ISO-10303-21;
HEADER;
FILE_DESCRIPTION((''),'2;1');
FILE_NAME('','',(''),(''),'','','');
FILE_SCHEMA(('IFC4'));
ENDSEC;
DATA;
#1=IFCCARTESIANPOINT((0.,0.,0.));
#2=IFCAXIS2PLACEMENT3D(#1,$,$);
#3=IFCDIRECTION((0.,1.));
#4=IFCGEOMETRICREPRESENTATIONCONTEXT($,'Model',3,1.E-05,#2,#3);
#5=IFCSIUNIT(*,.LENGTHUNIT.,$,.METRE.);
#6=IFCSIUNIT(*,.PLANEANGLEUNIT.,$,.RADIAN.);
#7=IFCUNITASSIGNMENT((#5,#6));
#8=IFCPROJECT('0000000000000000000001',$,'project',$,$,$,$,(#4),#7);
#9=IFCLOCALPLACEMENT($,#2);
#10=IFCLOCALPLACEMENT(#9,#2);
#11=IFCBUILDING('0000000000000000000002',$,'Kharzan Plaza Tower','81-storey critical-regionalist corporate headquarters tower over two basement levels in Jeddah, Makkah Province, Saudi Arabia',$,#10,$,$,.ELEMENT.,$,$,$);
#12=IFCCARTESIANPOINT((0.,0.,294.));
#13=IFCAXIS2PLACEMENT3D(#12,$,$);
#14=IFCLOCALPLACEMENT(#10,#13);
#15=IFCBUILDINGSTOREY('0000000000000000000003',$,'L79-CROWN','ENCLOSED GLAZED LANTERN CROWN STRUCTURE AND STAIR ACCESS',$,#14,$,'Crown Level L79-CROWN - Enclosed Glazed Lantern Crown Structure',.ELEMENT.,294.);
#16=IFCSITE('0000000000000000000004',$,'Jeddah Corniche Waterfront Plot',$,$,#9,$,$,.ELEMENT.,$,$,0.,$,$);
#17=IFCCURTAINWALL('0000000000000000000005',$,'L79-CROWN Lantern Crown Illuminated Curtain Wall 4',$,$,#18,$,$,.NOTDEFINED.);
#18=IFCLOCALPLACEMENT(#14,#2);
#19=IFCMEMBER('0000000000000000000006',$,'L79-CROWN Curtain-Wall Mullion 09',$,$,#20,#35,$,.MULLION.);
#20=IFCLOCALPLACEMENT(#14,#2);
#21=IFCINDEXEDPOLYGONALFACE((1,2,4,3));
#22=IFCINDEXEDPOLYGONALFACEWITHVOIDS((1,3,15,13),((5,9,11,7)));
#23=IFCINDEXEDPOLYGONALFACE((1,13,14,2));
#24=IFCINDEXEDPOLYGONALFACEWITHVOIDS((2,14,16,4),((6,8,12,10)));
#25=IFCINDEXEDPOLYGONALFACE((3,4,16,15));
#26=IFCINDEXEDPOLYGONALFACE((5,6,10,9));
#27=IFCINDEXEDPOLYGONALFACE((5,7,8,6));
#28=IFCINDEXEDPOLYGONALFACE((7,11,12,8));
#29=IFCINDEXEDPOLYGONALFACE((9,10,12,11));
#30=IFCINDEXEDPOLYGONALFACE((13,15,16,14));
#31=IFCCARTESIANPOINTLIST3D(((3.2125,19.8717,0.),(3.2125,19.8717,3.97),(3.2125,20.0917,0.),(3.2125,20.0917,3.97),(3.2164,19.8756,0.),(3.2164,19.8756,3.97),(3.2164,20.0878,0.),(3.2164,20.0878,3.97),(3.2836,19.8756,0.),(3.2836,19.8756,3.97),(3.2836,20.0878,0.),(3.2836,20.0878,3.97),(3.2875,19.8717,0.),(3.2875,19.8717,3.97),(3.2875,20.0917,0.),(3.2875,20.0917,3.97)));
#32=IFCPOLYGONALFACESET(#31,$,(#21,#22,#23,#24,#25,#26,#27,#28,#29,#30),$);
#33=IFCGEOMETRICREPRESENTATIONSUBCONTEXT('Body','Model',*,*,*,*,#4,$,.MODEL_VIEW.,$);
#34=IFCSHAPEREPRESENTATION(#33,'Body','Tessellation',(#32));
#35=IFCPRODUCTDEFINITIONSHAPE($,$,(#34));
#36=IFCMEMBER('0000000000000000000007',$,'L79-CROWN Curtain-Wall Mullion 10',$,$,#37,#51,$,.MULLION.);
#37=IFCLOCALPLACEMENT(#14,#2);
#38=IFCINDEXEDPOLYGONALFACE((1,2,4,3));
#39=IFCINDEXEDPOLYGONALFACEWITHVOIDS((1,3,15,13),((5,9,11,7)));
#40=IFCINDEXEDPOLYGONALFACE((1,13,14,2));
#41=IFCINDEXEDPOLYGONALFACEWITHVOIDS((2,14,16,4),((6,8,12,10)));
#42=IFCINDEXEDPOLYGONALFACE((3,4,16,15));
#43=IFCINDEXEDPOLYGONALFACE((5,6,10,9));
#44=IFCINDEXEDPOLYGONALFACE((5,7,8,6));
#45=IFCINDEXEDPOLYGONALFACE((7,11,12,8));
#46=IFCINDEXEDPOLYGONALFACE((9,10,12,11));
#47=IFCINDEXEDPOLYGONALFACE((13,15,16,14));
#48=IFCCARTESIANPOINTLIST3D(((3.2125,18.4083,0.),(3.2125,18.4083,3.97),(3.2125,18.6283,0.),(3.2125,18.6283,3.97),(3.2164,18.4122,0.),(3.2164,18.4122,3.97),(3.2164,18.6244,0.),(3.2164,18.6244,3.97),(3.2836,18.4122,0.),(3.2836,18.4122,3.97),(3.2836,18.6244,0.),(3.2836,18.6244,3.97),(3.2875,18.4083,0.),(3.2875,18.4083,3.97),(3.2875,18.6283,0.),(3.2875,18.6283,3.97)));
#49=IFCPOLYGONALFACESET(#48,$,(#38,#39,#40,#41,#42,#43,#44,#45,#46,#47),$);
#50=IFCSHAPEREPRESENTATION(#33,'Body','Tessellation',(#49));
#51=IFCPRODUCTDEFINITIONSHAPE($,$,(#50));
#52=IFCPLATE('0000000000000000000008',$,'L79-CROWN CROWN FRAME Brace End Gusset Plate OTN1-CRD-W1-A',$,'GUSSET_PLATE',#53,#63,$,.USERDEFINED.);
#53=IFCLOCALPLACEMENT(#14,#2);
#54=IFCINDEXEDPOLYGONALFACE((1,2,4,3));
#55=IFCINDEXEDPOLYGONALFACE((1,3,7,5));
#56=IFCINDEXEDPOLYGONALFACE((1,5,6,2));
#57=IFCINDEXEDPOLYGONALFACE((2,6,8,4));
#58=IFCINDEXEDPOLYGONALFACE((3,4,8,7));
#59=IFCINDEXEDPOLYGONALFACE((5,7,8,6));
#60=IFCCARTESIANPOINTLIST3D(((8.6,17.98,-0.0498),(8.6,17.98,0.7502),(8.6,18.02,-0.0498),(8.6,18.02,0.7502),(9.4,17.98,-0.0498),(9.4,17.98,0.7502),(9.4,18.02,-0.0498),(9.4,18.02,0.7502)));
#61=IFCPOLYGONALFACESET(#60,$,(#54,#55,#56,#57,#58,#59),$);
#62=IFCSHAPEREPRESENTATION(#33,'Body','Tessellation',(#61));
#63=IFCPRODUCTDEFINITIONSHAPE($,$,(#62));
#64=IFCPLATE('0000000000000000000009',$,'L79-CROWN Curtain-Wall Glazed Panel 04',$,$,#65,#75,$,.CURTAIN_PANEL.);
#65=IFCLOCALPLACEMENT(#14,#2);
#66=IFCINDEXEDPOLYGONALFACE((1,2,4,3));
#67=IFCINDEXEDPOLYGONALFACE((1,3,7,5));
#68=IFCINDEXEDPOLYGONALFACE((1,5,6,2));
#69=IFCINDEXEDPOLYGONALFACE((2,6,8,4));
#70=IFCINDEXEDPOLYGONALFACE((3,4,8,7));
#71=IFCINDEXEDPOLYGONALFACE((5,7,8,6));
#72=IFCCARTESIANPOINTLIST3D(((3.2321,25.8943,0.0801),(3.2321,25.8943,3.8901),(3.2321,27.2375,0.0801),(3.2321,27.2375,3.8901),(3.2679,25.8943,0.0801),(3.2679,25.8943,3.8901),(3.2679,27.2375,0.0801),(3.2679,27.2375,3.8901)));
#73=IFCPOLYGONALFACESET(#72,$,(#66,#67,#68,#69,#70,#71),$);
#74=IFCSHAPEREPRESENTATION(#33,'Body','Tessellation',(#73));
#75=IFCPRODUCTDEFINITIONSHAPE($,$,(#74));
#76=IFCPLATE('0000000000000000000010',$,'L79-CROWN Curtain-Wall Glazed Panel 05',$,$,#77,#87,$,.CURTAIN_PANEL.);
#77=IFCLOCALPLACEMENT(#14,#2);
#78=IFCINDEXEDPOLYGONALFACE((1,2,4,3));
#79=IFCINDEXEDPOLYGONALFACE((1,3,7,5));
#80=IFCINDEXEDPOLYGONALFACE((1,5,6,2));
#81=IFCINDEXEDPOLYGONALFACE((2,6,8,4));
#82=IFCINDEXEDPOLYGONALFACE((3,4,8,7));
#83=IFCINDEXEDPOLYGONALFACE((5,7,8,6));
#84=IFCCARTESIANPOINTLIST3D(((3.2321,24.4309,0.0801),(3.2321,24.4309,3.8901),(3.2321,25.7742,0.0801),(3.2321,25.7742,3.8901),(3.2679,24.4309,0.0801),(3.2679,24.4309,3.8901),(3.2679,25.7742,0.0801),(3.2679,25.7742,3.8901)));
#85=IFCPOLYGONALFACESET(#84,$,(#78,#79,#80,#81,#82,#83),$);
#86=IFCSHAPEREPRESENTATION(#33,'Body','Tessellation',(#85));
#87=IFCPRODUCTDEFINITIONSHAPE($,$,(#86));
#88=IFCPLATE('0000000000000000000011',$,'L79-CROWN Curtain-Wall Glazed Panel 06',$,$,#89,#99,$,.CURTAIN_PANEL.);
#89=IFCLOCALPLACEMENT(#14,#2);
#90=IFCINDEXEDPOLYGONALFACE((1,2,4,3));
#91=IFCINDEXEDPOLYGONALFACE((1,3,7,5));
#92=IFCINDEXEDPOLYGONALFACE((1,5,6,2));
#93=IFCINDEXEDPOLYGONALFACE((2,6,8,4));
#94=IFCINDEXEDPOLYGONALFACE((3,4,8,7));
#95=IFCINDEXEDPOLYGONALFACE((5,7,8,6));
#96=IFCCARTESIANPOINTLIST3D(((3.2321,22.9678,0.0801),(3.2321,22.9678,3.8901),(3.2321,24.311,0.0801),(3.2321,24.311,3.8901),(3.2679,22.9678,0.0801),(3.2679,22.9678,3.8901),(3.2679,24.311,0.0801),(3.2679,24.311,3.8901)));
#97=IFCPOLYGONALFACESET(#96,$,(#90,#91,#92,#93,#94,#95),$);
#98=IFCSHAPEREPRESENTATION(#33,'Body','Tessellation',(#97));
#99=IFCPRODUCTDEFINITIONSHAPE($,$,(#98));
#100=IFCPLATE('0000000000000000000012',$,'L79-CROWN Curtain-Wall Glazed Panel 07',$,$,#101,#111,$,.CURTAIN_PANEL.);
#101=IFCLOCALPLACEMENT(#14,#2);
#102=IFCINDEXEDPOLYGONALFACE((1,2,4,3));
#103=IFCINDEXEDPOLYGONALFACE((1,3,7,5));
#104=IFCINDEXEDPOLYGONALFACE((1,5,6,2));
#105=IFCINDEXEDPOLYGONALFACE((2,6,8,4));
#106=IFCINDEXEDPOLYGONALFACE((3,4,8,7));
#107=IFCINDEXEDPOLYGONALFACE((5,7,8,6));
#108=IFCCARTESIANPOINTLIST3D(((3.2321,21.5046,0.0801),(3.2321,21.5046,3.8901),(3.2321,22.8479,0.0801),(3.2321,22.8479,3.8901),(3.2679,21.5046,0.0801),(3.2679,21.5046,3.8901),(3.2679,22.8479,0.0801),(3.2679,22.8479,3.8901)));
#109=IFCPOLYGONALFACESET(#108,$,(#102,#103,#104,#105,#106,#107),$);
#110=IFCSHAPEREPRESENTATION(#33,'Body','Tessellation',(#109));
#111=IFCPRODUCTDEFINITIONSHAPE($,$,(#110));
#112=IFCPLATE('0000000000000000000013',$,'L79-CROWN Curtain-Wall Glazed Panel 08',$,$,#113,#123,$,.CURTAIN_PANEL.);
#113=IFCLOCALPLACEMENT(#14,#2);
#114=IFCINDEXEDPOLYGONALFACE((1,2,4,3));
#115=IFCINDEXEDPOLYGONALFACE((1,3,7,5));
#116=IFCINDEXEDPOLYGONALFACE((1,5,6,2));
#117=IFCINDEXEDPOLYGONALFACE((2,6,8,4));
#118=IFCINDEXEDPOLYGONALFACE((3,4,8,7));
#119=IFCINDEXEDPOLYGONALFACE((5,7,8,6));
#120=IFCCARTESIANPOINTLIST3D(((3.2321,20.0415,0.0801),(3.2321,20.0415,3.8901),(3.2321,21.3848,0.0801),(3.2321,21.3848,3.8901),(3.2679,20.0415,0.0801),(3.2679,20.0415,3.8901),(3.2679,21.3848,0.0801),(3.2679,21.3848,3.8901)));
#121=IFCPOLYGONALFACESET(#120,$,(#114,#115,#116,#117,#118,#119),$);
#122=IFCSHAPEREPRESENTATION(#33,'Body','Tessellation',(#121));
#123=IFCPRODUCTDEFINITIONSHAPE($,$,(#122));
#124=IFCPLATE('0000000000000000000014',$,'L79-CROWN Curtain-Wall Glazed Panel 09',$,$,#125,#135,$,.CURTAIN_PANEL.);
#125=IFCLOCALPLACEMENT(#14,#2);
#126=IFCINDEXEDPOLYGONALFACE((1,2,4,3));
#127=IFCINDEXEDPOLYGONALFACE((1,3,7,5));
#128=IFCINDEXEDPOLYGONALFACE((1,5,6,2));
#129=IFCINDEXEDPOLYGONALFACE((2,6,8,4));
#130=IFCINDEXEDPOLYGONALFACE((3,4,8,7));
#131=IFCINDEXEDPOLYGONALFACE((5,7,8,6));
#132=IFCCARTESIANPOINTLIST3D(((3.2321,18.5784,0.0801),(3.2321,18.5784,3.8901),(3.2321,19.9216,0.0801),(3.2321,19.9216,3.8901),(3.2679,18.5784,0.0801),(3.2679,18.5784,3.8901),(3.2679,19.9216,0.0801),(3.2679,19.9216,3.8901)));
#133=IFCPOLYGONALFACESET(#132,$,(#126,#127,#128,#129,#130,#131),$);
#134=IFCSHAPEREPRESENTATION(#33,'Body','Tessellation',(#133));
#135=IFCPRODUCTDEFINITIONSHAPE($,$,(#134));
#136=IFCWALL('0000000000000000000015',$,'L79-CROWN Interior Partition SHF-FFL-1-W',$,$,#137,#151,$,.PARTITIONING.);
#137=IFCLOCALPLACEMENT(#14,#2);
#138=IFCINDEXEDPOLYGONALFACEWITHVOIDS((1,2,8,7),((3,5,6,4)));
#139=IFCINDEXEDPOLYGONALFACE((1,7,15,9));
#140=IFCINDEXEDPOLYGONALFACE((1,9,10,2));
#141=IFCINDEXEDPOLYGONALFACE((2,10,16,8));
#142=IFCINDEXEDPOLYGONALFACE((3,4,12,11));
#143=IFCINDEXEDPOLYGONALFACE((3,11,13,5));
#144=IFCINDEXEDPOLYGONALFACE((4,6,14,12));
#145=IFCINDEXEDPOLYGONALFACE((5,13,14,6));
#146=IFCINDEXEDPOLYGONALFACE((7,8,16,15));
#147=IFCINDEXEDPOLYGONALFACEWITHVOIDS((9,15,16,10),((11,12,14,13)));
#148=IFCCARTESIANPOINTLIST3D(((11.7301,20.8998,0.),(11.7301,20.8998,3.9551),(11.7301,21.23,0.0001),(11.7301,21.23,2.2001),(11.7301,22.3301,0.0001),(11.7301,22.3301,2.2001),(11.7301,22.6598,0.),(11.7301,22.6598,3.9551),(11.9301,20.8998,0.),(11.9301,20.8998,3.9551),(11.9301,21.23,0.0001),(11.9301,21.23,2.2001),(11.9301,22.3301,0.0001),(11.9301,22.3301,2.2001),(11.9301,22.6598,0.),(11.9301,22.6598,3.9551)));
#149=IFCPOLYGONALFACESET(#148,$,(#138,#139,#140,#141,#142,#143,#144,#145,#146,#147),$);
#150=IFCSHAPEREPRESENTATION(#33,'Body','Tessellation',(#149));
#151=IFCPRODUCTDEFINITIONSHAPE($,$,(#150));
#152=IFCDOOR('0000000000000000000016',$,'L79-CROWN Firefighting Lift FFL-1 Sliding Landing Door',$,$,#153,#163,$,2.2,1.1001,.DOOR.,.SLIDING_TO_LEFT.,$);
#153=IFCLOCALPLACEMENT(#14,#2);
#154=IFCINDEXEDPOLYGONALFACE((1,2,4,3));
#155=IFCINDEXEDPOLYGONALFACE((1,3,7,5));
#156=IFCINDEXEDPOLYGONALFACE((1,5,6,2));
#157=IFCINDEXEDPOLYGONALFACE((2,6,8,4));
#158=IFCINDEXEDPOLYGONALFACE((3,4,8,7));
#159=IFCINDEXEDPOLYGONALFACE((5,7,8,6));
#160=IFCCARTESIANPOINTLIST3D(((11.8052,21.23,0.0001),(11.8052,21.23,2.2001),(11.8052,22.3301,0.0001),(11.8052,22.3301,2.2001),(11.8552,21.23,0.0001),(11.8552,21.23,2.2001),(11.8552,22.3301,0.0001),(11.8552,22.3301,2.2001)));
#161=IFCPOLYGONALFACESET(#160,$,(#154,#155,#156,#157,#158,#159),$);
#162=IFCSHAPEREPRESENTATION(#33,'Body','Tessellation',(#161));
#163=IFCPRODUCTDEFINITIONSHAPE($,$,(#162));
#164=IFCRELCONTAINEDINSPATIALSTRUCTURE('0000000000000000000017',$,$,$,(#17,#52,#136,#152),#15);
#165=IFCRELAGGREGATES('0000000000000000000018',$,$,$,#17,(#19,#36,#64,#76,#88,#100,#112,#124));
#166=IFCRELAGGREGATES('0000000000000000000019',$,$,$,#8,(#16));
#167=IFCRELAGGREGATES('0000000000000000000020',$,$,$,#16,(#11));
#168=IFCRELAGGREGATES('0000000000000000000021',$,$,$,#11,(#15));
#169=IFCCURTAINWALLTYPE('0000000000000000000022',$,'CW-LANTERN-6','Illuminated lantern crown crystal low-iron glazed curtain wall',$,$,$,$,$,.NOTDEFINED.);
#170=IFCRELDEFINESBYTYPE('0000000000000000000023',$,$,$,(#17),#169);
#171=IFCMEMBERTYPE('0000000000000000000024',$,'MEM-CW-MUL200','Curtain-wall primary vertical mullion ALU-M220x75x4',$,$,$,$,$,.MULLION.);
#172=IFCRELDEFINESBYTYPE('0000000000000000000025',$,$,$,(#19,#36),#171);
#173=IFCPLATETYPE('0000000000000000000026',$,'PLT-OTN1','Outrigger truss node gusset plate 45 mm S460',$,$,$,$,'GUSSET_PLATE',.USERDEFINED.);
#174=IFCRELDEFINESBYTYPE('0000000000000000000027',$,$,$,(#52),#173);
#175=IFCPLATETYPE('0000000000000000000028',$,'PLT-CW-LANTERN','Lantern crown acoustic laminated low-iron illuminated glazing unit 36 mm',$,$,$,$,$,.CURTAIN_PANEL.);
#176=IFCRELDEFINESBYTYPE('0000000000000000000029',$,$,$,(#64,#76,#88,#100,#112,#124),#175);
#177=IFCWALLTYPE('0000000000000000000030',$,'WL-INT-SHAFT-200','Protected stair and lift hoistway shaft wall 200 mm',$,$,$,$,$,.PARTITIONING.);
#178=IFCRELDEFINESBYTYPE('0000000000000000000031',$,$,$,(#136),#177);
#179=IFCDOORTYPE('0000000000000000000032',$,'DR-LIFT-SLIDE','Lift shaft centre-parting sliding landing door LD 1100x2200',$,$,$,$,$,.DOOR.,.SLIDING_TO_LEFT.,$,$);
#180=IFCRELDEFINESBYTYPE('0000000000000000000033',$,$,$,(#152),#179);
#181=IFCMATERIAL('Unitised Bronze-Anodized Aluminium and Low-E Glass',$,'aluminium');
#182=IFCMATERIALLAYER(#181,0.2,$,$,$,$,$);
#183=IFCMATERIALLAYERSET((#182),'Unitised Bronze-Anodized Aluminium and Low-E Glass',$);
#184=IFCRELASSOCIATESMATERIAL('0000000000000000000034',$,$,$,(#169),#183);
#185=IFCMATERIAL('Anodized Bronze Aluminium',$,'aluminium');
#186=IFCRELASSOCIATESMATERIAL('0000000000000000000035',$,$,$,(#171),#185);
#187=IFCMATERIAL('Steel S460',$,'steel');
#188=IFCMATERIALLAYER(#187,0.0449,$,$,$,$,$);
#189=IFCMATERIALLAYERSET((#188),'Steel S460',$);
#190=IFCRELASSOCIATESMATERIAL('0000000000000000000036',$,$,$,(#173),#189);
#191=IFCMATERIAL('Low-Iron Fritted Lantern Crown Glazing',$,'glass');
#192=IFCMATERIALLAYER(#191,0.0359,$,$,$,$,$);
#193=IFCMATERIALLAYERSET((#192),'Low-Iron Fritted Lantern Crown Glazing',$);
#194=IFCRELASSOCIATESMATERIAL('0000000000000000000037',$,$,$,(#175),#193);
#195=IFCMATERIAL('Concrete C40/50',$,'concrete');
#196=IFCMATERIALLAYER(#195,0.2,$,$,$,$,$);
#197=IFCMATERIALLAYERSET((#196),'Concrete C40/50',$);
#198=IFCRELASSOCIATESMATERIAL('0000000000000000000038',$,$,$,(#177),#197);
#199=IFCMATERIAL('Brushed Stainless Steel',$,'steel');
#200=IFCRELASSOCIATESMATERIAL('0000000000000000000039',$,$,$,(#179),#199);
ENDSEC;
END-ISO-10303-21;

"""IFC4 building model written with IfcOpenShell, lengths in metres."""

from ifc_helpers import new_model, si_unit, direction, frame, frame_2d, origin, origin_2d, place, context, subcontext, project, spatial, rectangle, hollow_rectangle, extrude, source, transform, mapped, material, layer, layer_set, material_profile, profile_set, type_object, element, fill, aggregate, save


model = new_model("IFC4")

# Units and contexts
model_context = context("Model", 3, precision=1e-05, world=origin(), true_north=direction((0.0, 1.0)))
body_context = subcontext(model_context, "Body", "Model", "MODEL_VIEW")
ifc_project = project(units=[si_unit("LENGTHUNIT", "METRE"), si_unit("PLANEANGLEUNIT", "RADIAN")], contexts=[model_context])

# Site, building, storey
site_placement = place(None, origin())
site = spatial("IfcSite", under=ifc_project, at=site_placement, Name="Jeddah Corniche Waterfront Plot", CompositionType="ELEMENT", RefElevation=0.0)
building_placement = place(site_placement, origin())
building = spatial("IfcBuilding", under=site, at=building_placement, Name="Kharzan Plaza Tower", Description="81-storey critical-regionalist corporate headquarters tower over two basement levels in Jeddah, Makkah Province, Saudi Arabia", CompositionType="ELEMENT")
storey_placement = place(building_placement, frame((0.0, 0.0, 294.0)))
storey = spatial("IfcBuildingStorey", under=building, at=storey_placement, Name="L79-CROWN", Description="ENCLOSED GLAZED LANTERN CROWN STRUCTURE AND STAIR ACCESS", LongName="Crown Level L79-CROWN - Enclosed Glazed Lantern Crown Structure", CompositionType="ELEMENT", Elevation=294.0)

# Curtain wall, members
ifc_material_1 = material(Name="Unitised Bronze-Anodized Aluminium and Low-E Glass", Category="aluminium")
ifc_layer_1 = layer(ifc_material_1, 0.2)
ifc_layer_set_1 = layer_set([ifc_layer_1], Name="Unitised Bronze-Anodized Aluminium and Low-E Glass")
curtain_wall_type = type_object("IfcCurtainWallType", Name="CW-LANTERN-6", Description="Illuminated lantern crown crystal low-iron glazed curtain wall", PredefinedType="NOTDEFINED", material=ifc_layer_set_1)
curtain_wall_placement = place(storey_placement, origin())
curtain_wall = element("IfcCurtainWall", 1, at=curtain_wall_placement, inside=storey, type_object=curtain_wall_type, Name="L79-CROWN Lantern Crown Illuminated Curtain Wall 4", PredefinedType="NOTDEFINED")
ifc_material_2 = material(Name="Anodized Bronze Aluminium", Category="aluminium")
ifc_material_profile_1 = material_profile(ifc_material_2, hollow_rectangle(XDim=0.075, YDim=0.22, WallThickness=0.0039, at=origin_2d()), Name="ALU-M220x75x4")
ifc_profile_set_1 = profile_set([ifc_material_profile_1], Name="Anodized Bronze Aluminium")
member_type_1 = type_object("IfcMemberType", Name="MEM-CW-MUL200", Description="Curtain-wall primary vertical mullion ALU-M220x75x4", PredefinedType="MULLION", material=ifc_profile_set_1)
shared_shape_1 = source(origin(), body_context, "Body", "SweptSolid", [
    extrude(hollow_rectangle(XDim=0.075, YDim=0.22, WallThickness=0.0039, at=origin_2d()), origin(), (0.0, 0.0, 1.0), 3.97),
])
member_1_placement = place(storey_placement, frame((3.25, 19.9817, 0.0), z_axis=(0.0, 0.0, 1.0), x_axis=(1.0, 0.0, 0.0)))
member_1 = element("IfcMember", 2, at=member_1_placement, type_object=member_type_1, Name="L79-CROWN Curtain-Wall Mullion 09", PredefinedType="MULLION", context=body_context, shape_type="MappedRepresentation", body=[
    mapped(shared_shape_1, transform((0.0, 0.0, 0.0), x_axis=(1.0, 0.0, 0.0), y_axis=(0.0, 1.0, 0.0), z_axis=(0.0, 0.0, 1.0))),
])
member_2_placement = place(storey_placement, frame((3.25, 18.5183, 0.0), z_axis=(0.0, 0.0, 1.0), x_axis=(1.0, 0.0, 0.0)))
member_2 = element("IfcMember", 3, at=member_2_placement, type_object=member_type_1, Name="L79-CROWN Curtain-Wall Mullion 10", PredefinedType="MULLION", context=body_context, shape_type="MappedRepresentation", body=[
    mapped(shared_shape_1, transform((0.0, 0.0, 0.0), x_axis=(1.0, 0.0, 0.0), y_axis=(0.0, 1.0, 0.0), z_axis=(0.0, 0.0, 1.0))),
])

# Plates
ifc_material_3 = material(Name="Steel S460", Category="steel")
ifc_layer_2 = layer(ifc_material_3, 0.0449)
ifc_layer_set_2 = layer_set([ifc_layer_2], Name="Steel S460")
plate_type_1 = type_object("IfcPlateType", Name="PLT-OTN1", Description="Outrigger truss node gusset plate 45 mm S460", ElementType="GUSSET_PLATE", PredefinedType="USERDEFINED", material=ifc_layer_set_2)
shared_shape_2 = source(origin(), body_context, "Body", "SweptSolid", [
    extrude(rectangle(XDim=0.8, YDim=0.04, at=origin_2d()), origin(), (0.0, 0.0, 1.0), 0.8),
])
plate_1_placement = place(storey_placement, frame((9.0, 18.0, -0.0498), z_axis=(0.0, 0.0, 1.0), x_axis=(1.0, 0.0, 0.0)))
element("IfcPlate", 4, at=plate_1_placement, inside=storey, type_object=plate_type_1, Name="L79-CROWN CROWN FRAME Brace End Gusset Plate OTN1-CRD-W1-A", ObjectType="GUSSET_PLATE", PredefinedType="USERDEFINED", context=body_context, shape_type="MappedRepresentation", body=[
    mapped(shared_shape_2, transform((0.0, 0.0, 0.0), x_axis=(1.0, 0.0, 0.0), y_axis=(0.0, 1.0, 0.0), z_axis=(0.0, 0.0, 1.0))),
])
ifc_material_4 = material(Name="Low-Iron Fritted Lantern Crown Glazing", Category="glass")
ifc_layer_3 = layer(ifc_material_4, 0.0359)
ifc_layer_set_3 = layer_set([ifc_layer_3], Name="Low-Iron Fritted Lantern Crown Glazing")
plate_type_2 = type_object("IfcPlateType", Name="PLT-CW-LANTERN", Description="Lantern crown acoustic laminated low-iron illuminated glazing unit 36 mm", PredefinedType="CURTAIN_PANEL", material=ifc_layer_set_3)
shared_shape_3 = source(origin(), body_context, "Body", "SweptSolid", [
    extrude(rectangle(XDim=1.3433, YDim=0.0359, at=origin_2d()), origin(), (0.0, 0.0, 1.0), 3.8101),
])
plate_2_placement = place(storey_placement, frame((3.25, 26.5659, 0.0801), z_axis=(0.0, 0.0, 1.0), x_axis=(0.0, -1.0, 0.0)))
plate_2 = element("IfcPlate", 5, at=plate_2_placement, type_object=plate_type_2, Name="L79-CROWN Curtain-Wall Glazed Panel 04", PredefinedType="CURTAIN_PANEL", context=body_context, shape_type="MappedRepresentation", body=[
    mapped(shared_shape_3, transform((0.0, 0.0, 0.0), x_axis=(1.0, 0.0, 0.0), y_axis=(0.0, 1.0, 0.0), z_axis=(0.0, 0.0, 1.0))),
])
plate_3_placement = place(storey_placement, frame((3.25, 25.1025, 0.0801), z_axis=(0.0, 0.0, 1.0), x_axis=(0.0, -1.0, 0.0)))
plate_3 = element("IfcPlate", 6, at=plate_3_placement, type_object=plate_type_2, Name="L79-CROWN Curtain-Wall Glazed Panel 05", PredefinedType="CURTAIN_PANEL", context=body_context, shape_type="MappedRepresentation", body=[
    mapped(shared_shape_3, transform((0.0, 0.0, 0.0), x_axis=(1.0, 0.0, 0.0), y_axis=(0.0, 1.0, 0.0), z_axis=(0.0, 0.0, 1.0))),
])
plate_4_placement = place(storey_placement, frame((3.25, 23.6394, 0.0801), z_axis=(0.0, 0.0, 1.0), x_axis=(0.0, -1.0, 0.0)))
plate_4 = element("IfcPlate", 7, at=plate_4_placement, type_object=plate_type_2, Name="L79-CROWN Curtain-Wall Glazed Panel 06", PredefinedType="CURTAIN_PANEL", context=body_context, shape_type="MappedRepresentation", body=[
    mapped(shared_shape_3, transform((0.0, 0.0, 0.0), x_axis=(1.0, 0.0, 0.0), y_axis=(0.0, 1.0, 0.0), z_axis=(0.0, 0.0, 1.0))),
])
plate_5_placement = place(storey_placement, frame((3.25, 22.1763, 0.0801), z_axis=(0.0, 0.0, 1.0), x_axis=(0.0, -1.0, 0.0)))
plate_5 = element("IfcPlate", 8, at=plate_5_placement, type_object=plate_type_2, Name="L79-CROWN Curtain-Wall Glazed Panel 07", PredefinedType="CURTAIN_PANEL", context=body_context, shape_type="MappedRepresentation", body=[
    mapped(shared_shape_3, transform((0.0, 0.0, 0.0), x_axis=(1.0, 0.0, 0.0), y_axis=(0.0, 1.0, 0.0), z_axis=(0.0, 0.0, 1.0))),
])
plate_6_placement = place(storey_placement, frame((3.25, 20.7131, 0.0801), z_axis=(0.0, 0.0, 1.0), x_axis=(0.0, -1.0, 0.0)))
plate_6 = element("IfcPlate", 9, at=plate_6_placement, type_object=plate_type_2, Name="L79-CROWN Curtain-Wall Glazed Panel 08", PredefinedType="CURTAIN_PANEL", context=body_context, shape_type="MappedRepresentation", body=[
    mapped(shared_shape_3, transform((0.0, 0.0, 0.0), x_axis=(1.0, 0.0, 0.0), y_axis=(0.0, 1.0, 0.0), z_axis=(0.0, 0.0, 1.0))),
])
plate_7_placement = place(storey_placement, frame((3.25, 19.25, 0.0801), z_axis=(0.0, 0.0, 1.0), x_axis=(0.0, -1.0, 0.0)))
plate_7 = element("IfcPlate", 10, at=plate_7_placement, type_object=plate_type_2, Name="L79-CROWN Curtain-Wall Glazed Panel 09", PredefinedType="CURTAIN_PANEL", context=body_context, shape_type="MappedRepresentation", body=[
    mapped(shared_shape_3, transform((0.0, 0.0, 0.0), x_axis=(1.0, 0.0, 0.0), y_axis=(0.0, 1.0, 0.0), z_axis=(0.0, 0.0, 1.0))),
])
aggregate(curtain_wall, [member_1, member_2, plate_2, plate_3, plate_4, plate_5, plate_6, plate_7])

# Wall, opening, door
ifc_material_5 = material(Name="Concrete C40/50", Category="concrete")
ifc_layer_4 = layer(ifc_material_5, 0.2)
ifc_layer_set_4 = layer_set([ifc_layer_4], Name="Concrete C40/50")
wall_type_1 = type_object("IfcWallType", Name="WL-INT-SHAFT-200", Description="Protected stair and lift hoistway shaft wall 200 mm", PredefinedType="PARTITIONING", material=ifc_layer_set_4)
wall_1_placement = place(storey_placement, frame((11.8301, 20.8999, 0.0), z_axis=(0.0, 0.0, 1.0), x_axis=(0.0, 1.0, 0.0)))
wall_1 = element("IfcWall", 11, at=wall_1_placement, inside=storey, type_object=wall_type_1, Name="L79-CROWN Interior Partition SHF-FFL-1-W", PredefinedType="PARTITIONING", context=body_context, shape_type="SweptSolid", body=[
    extrude(rectangle(XDim=1.76, YDim=0.2, at=frame_2d((0.8799, 0.0))), origin(), (0.0, 0.0, 1.0), 3.9551),
])
opening_1_placement = place(wall_1_placement, frame((0.3301, 0.0, 0.0)))
opening_1 = element("IfcOpeningElement", 12, at=opening_1_placement, cuts=wall_1, PredefinedType="OPENING", context=body_context, shape_type="SweptSolid", body=[
    extrude(rectangle(XDim=1.1001, YDim=2.2, at=frame_2d((0.55, 1.1001))), frame((0.0, 0.1099, 0.0), z_axis=(0.0, -1.0, 0.0), x_axis=(1.0, 0.0, 0.0)), (0.0, 0.0, 1.0), 0.22),
])
ifc_material_6 = material(Name="Brushed Stainless Steel", Category="steel")
door_type_1 = type_object("IfcDoorType", Name="DR-LIFT-SLIDE", Description="Lift shaft centre-parting sliding landing door LD 1100x2200", OperationType="SLIDING_TO_LEFT", PredefinedType="DOOR", material=ifc_material_6)
shared_shape_4 = source(origin(), body_context, "Body", "SweptSolid", [
    extrude(rectangle(XDim=1.1001, YDim=2.2, at=frame_2d((0.55, 1.1001))), frame((0.0, 0.0249, 0.0), z_axis=(0.0, -1.0, 0.0), x_axis=(1.0, 0.0, 0.0)), (0.0, 0.0, 1.0), 0.05),
])
door_1_placement = place(opening_1_placement, origin())
door_1 = element("IfcDoor", 13, at=door_1_placement, inside=storey, type_object=door_type_1, Name="L79-CROWN Firefighting Lift FFL-1 Sliding Landing Door", OperationType="SLIDING_TO_LEFT", OverallHeight=2.2, OverallWidth=1.1001, PredefinedType="DOOR", context=body_context, shape_type="MappedRepresentation", body=[
    mapped(shared_shape_4, transform((0.0, 0.0, 0.0), x_axis=(1.0, 0.0, 0.0), y_axis=(0.0, 1.0, 0.0), z_axis=(0.0, 0.0, 1.0))),
])
fill(opening_1, door_1)

save(model, "model.ifc")
